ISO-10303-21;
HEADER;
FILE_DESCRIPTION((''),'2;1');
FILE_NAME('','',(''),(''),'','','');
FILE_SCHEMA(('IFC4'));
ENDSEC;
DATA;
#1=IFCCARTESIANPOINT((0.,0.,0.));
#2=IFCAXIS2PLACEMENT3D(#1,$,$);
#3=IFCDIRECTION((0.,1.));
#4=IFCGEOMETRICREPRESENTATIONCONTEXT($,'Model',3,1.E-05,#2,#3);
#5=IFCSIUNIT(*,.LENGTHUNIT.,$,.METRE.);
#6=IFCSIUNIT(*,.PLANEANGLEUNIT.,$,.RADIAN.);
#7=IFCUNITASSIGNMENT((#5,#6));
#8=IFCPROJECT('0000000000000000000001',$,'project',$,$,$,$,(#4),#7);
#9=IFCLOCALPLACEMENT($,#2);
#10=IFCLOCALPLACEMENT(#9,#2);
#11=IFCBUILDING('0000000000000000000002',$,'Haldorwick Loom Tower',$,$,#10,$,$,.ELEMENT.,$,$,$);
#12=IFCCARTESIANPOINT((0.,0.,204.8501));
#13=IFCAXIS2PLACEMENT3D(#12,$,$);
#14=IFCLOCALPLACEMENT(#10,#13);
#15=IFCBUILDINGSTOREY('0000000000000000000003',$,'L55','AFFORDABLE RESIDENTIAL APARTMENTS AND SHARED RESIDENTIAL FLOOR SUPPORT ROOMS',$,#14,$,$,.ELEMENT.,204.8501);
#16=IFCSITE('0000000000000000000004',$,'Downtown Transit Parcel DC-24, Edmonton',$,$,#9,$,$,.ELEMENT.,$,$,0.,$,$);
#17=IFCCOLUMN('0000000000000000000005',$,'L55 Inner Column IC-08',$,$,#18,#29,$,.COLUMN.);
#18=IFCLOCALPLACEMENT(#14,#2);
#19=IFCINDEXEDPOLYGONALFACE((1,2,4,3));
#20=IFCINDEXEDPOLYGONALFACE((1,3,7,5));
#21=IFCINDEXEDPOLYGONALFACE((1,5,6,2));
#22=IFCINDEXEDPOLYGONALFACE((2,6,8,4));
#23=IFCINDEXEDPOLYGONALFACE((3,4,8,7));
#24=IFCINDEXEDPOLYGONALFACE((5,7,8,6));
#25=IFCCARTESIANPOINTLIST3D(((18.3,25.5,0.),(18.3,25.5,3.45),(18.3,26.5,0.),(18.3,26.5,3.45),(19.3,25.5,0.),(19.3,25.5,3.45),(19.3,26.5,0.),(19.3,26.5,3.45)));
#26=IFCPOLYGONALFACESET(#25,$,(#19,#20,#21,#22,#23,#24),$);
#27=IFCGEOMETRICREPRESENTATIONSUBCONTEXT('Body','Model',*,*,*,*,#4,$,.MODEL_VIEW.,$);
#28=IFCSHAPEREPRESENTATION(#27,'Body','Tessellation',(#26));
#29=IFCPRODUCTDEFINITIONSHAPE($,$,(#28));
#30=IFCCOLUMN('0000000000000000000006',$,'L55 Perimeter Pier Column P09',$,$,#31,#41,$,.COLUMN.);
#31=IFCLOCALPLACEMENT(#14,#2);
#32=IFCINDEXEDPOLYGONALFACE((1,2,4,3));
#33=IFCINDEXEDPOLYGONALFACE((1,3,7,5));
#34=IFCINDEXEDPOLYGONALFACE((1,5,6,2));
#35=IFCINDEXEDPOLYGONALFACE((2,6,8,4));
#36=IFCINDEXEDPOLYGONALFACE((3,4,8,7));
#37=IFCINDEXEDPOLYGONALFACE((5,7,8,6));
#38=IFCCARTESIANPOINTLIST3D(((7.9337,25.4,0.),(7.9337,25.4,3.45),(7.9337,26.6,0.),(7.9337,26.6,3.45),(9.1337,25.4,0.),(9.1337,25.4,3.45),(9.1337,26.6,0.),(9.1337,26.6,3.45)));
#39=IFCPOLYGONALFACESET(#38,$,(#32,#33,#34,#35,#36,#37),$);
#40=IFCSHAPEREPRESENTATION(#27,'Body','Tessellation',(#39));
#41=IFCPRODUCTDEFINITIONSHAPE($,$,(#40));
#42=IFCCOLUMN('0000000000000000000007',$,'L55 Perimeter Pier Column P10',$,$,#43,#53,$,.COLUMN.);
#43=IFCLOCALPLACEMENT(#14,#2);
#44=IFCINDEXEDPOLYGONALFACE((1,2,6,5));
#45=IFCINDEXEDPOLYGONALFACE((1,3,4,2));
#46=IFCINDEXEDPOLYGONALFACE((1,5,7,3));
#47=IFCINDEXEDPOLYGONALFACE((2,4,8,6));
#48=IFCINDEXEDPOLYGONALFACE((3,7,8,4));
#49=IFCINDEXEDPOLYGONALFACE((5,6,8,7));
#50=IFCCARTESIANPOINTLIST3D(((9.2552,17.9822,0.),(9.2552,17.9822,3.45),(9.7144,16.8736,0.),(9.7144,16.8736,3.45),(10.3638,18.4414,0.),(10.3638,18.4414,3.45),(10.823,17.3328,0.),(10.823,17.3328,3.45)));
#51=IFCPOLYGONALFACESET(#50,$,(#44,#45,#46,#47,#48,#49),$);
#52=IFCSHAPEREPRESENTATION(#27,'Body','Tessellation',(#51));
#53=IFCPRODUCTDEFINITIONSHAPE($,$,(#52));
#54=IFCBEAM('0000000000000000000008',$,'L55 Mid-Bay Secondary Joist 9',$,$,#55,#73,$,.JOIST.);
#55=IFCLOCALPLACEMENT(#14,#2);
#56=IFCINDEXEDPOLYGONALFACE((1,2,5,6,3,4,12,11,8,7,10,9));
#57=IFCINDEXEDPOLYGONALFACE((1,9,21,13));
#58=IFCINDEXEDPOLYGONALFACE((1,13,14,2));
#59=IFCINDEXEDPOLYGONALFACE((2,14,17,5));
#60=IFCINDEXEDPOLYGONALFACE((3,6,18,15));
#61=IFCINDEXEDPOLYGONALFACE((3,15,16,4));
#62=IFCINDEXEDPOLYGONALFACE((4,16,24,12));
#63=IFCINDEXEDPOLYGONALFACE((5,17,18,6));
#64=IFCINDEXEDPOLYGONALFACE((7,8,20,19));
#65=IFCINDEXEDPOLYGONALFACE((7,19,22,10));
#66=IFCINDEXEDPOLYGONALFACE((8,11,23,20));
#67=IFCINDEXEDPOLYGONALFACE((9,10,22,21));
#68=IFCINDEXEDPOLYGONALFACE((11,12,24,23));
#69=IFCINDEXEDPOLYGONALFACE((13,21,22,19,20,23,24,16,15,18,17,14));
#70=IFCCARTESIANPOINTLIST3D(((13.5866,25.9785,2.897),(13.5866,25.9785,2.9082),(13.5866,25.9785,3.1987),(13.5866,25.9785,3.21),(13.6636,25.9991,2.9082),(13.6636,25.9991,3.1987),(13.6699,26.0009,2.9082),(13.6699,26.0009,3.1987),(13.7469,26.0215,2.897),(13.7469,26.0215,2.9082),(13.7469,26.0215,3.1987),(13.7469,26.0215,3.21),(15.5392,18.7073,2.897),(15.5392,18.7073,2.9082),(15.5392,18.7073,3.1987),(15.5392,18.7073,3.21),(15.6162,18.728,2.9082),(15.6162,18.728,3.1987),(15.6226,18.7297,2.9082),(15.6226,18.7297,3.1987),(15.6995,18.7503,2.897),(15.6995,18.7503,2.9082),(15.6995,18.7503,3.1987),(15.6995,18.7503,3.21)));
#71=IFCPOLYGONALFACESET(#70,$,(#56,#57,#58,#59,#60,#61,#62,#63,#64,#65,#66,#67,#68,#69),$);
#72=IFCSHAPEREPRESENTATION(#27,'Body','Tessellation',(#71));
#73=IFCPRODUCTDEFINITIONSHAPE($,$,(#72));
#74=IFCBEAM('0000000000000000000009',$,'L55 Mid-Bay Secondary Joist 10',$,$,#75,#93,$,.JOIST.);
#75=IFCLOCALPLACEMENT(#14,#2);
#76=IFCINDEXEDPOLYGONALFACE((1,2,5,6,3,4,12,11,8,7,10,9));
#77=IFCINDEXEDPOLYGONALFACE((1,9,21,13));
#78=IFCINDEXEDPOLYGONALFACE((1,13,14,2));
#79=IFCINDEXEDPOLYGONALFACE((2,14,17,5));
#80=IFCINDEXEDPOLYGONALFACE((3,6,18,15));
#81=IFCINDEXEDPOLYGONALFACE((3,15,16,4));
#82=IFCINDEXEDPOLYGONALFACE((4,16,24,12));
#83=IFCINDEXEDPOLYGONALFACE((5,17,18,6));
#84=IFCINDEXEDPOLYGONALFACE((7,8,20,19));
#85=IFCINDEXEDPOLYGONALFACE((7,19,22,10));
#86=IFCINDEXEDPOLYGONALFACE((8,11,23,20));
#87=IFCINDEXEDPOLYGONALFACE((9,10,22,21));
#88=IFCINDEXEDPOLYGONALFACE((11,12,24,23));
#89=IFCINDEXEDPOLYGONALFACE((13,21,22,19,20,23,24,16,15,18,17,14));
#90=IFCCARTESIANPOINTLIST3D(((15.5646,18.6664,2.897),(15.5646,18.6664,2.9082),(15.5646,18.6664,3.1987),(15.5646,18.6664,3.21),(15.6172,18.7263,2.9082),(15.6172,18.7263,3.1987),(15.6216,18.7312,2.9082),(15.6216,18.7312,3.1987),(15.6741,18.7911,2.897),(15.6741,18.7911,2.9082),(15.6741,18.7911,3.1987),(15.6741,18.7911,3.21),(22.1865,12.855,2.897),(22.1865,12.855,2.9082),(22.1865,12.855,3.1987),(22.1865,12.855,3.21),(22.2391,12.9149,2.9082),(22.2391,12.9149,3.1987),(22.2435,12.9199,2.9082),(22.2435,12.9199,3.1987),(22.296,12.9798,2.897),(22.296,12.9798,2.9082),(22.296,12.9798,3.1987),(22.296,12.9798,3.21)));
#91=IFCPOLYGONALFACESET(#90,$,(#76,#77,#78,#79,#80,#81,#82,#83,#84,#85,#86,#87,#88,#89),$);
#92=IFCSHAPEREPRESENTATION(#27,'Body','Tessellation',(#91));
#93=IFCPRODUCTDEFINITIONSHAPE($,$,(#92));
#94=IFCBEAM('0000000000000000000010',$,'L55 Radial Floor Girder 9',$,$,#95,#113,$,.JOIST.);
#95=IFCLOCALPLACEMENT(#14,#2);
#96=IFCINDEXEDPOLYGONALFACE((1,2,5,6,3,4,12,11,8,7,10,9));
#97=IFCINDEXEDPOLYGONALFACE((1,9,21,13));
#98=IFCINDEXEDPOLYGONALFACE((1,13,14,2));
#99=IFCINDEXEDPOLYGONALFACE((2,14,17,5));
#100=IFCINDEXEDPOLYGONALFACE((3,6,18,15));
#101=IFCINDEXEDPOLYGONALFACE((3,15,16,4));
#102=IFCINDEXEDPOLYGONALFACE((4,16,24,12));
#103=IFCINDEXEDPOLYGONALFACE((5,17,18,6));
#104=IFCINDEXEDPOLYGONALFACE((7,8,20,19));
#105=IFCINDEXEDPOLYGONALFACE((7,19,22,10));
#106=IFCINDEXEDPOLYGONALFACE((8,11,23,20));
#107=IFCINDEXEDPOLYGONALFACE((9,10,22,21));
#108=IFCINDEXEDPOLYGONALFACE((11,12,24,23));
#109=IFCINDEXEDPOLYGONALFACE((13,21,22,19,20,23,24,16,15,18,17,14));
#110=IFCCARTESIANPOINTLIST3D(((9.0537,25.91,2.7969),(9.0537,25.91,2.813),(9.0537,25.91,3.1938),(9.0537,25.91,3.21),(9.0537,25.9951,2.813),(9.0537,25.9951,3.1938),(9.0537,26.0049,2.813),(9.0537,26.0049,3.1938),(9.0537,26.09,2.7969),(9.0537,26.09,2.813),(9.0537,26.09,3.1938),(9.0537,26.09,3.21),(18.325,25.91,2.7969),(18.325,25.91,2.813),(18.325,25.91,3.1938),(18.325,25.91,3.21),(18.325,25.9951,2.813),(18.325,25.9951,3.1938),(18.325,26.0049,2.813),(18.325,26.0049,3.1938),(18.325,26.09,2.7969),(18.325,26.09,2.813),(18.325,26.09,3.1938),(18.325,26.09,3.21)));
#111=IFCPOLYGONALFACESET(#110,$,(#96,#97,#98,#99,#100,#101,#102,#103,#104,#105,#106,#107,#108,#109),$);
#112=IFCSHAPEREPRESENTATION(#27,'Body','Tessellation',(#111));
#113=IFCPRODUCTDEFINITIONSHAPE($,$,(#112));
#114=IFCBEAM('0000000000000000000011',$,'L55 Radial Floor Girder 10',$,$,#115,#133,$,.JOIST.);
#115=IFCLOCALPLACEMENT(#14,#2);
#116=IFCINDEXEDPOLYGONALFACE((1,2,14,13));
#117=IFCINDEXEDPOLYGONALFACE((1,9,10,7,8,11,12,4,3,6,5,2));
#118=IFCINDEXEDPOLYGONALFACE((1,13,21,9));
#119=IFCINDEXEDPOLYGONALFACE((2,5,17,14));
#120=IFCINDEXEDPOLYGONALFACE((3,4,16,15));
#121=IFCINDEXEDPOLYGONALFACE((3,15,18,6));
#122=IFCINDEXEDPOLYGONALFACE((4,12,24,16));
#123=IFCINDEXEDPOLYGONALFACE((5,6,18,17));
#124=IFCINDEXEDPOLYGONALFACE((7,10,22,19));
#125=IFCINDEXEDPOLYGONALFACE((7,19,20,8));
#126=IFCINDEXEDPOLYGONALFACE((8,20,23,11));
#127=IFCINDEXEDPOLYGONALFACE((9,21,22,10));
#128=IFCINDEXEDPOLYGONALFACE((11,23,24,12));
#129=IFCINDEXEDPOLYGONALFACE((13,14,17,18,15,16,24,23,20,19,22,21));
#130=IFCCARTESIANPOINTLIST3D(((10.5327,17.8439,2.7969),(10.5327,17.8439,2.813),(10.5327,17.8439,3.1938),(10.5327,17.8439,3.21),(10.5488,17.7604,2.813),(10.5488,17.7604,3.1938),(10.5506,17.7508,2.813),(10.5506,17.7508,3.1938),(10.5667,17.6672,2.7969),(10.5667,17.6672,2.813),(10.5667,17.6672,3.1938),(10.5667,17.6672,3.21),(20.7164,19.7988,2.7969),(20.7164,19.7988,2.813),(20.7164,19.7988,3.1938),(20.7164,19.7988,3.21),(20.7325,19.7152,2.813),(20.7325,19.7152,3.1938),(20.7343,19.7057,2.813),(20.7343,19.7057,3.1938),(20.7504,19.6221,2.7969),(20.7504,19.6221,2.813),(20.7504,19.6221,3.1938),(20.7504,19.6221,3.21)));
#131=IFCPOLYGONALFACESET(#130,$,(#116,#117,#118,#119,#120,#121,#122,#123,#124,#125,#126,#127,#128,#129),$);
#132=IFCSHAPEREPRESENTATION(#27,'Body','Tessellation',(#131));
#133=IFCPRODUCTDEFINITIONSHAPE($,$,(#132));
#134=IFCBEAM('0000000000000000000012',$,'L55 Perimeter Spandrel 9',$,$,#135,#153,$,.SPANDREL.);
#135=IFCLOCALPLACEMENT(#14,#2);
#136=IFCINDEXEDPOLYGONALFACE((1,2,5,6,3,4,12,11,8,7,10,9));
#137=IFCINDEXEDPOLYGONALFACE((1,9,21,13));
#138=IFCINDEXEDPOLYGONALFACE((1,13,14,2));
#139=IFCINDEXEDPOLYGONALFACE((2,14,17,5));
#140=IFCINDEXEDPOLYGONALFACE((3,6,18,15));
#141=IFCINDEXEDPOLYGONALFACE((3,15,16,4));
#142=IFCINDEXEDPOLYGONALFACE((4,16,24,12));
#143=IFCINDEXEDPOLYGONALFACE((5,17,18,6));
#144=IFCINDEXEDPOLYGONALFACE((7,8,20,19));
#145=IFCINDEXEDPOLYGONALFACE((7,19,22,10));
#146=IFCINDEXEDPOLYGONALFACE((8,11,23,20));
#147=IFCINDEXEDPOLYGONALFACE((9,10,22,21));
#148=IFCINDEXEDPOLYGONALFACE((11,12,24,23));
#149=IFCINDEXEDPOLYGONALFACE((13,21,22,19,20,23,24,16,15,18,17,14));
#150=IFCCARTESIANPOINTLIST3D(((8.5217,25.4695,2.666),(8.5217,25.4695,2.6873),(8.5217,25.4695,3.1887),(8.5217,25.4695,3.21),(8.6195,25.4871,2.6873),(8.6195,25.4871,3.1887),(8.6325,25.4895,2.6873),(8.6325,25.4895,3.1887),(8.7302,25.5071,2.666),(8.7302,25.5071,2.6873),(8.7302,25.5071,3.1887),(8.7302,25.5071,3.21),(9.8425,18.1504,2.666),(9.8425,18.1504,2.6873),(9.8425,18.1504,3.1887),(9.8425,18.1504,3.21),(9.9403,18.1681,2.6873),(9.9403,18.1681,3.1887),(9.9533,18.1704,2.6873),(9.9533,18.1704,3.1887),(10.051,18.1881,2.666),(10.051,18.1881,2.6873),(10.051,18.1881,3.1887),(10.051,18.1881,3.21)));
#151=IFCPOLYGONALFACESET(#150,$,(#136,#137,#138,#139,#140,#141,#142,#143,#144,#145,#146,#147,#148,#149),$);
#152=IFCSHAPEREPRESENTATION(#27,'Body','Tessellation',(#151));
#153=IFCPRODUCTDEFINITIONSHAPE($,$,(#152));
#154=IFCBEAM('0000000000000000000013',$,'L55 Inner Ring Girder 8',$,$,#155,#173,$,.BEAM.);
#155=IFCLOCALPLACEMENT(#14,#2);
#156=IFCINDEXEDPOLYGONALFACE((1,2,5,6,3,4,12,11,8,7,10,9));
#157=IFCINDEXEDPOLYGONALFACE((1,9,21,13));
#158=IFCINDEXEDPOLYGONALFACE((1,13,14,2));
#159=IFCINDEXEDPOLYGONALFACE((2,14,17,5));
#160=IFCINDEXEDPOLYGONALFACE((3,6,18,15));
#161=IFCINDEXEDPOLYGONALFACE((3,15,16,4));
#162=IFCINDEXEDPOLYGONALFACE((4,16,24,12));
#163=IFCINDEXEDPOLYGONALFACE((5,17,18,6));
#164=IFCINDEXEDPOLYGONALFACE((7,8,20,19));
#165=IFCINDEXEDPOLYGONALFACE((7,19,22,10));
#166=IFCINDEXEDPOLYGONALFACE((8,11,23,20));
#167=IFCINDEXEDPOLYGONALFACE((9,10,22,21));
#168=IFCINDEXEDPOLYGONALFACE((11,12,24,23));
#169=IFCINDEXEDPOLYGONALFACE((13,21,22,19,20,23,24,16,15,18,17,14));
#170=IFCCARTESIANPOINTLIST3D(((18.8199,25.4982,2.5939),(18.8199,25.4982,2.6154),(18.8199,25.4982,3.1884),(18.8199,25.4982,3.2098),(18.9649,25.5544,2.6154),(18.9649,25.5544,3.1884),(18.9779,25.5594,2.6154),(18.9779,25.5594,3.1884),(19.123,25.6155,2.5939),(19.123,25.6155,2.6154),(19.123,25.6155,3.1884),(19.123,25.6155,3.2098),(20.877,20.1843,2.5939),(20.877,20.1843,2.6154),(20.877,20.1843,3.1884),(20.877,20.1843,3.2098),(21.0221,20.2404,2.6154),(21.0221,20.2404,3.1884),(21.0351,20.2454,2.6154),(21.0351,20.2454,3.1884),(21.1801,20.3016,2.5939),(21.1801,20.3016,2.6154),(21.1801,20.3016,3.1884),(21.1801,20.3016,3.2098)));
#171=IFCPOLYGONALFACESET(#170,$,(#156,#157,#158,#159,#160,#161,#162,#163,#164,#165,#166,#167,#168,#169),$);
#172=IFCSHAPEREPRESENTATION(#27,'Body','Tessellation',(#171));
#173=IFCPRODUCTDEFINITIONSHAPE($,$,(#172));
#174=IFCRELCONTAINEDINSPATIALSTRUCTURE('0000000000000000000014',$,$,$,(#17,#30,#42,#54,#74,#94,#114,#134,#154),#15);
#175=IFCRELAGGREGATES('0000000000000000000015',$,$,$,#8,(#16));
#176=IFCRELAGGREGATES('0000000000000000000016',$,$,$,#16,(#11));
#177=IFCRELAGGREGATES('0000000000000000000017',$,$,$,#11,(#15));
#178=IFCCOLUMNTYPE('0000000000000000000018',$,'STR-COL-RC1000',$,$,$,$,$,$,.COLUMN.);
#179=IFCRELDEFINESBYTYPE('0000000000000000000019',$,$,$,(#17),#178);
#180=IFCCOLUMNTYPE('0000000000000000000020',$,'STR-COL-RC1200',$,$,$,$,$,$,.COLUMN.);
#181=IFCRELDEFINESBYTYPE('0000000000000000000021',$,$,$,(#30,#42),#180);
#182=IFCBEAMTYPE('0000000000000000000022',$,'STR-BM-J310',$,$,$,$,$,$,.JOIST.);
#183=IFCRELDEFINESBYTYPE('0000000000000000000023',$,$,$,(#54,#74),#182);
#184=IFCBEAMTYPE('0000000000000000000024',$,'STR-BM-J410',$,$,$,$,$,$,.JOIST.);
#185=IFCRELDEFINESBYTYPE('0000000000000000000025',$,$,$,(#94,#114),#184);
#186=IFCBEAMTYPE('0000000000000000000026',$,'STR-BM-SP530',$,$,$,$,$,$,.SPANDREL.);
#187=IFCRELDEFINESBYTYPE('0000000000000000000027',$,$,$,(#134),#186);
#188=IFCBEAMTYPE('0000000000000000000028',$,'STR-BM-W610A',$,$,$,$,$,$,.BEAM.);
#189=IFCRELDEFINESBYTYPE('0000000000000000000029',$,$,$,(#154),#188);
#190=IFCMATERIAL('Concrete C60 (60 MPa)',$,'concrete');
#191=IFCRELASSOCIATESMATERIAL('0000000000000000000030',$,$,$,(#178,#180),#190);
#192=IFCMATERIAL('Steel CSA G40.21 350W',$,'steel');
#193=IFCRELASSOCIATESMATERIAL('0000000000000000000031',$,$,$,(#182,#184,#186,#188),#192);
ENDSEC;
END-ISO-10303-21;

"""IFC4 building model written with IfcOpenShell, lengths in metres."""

from ifc_helpers import new_model, si_unit, direction, frame, origin, origin_2d, place, context, subcontext, project, spatial, rectangle, i_section, extrude, material, material_profile, profile_set, type_object, element, save


model = new_model("IFC4")

# Units and contexts
model_context = context("Model", 3, precision=1e-05, world=origin(), true_north=direction((0.0, 1.0)))
body_context = subcontext(model_context, "Body", "Model", "MODEL_VIEW")
ifc_project = project(units=[si_unit("LENGTHUNIT", "METRE"), si_unit("PLANEANGLEUNIT", "RADIAN")], contexts=[model_context])

# Site, building, storey
site_placement = place(None, origin())
site = spatial("IfcSite", under=ifc_project, at=site_placement, Name="Downtown Transit Parcel DC-24, Edmonton", CompositionType="ELEMENT", RefElevation=0.0)
building_placement = place(site_placement, origin())
building = spatial("IfcBuilding", under=site, at=building_placement, Name="Haldorwick Loom Tower", CompositionType="ELEMENT")
storey_placement = place(building_placement, frame((0.0, 0.0, 204.8501)))
storey = spatial("IfcBuildingStorey", under=building, at=storey_placement, Name="L55", Description="AFFORDABLE RESIDENTIAL APARTMENTS AND SHARED RESIDENTIAL FLOOR SUPPORT ROOMS", CompositionType="ELEMENT", Elevation=204.8501)

# Columns
ifc_material_1 = material(Name="Concrete C60 (60 MPa)", Category="concrete")
ifc_material_profile_1 = material_profile(ifc_material_1, rectangle(XDim=1.0, YDim=1.0, at=origin_2d()), Name="RC1000X1000", Category="concrete")
ifc_profile_set_1 = profile_set([ifc_material_profile_1], Name="Concrete C60 (60 MPa)")
column_type_1 = type_object("IfcColumnType", Name="STR-COL-RC1000", PredefinedType="COLUMN", material=ifc_profile_set_1)
column_placement = place(storey_placement, frame((18.8, 26.0, 0.0), z_axis=(0.0, 0.0, 1.0), x_axis=(1.0, 0.0, 0.0)))
element("IfcColumn", 1, at=column_placement, inside=storey, type_object=column_type_1, Name="L55 Inner Column IC-08", PredefinedType="COLUMN", context=body_context, shape_type="SweptSolid", body=[
    extrude(rectangle(XDim=1.0, YDim=1.0, at=origin_2d()), origin(), (0.0, 0.0, 1.0), 3.45),
])
ifc_material_profile_2 = material_profile(ifc_material_1, rectangle(XDim=1.2, YDim=1.2, at=origin_2d()), Name="RC1200X1200", Category="concrete")
ifc_profile_set_2 = profile_set([ifc_material_profile_2], Name="Concrete C60 (60 MPa)")
column_type_2 = type_object("IfcColumnType", Name="STR-COL-RC1200", PredefinedType="COLUMN", material=ifc_profile_set_2)
for number, where, z_axis, x_axis, name in (
    (2, (8.5337, 26.0, 0.0), (0.0, 0.0, 1.0), (-1.0, 0.0, 0.0), "L55 Perimeter Pier Column P09"),
    (3, (10.0391, 17.6575, 0.0), (0.0, 0.0, 1.0), (-0.92388, -0.382683, 0.0), "L55 Perimeter Pier Column P10"),
):
    element("IfcColumn", number, at=place(storey_placement, frame(where, z_axis=z_axis, x_axis=x_axis)), inside=storey, type_object=column_type_2, Name=name, PredefinedType="COLUMN", context=body_context, shape_type="SweptSolid", body=[
        extrude(rectangle(XDim=1.2, YDim=1.2, at=origin_2d()), origin(), (0.0, 0.0, 1.0), 3.45),
    ])

# Beams
ifc_material_2 = material(Name="Steel CSA G40.21 350W", Category="steel")
ifc_material_profile_3 = material_profile(ifc_material_2, i_section(OverallWidth=0.166, OverallDepth=0.313, WebThickness=0.0066, FlangeThickness=0.0112, at=origin_2d()), Name="W310X45", Category="steel")
ifc_profile_set_3 = profile_set([ifc_material_profile_3], Name="Steel CSA G40.21 350W")
beam_type_1 = type_object("IfcBeamType", Name="STR-BM-J310", PredefinedType="JOIST", material=ifc_profile_set_3)
beam_1_placement = place(storey_placement, frame((13.6667, 26.0, 3.0535), z_axis=(0.259354, -0.965782, 0.0), x_axis=(0.965782, 0.259354, 0.0)))
element("IfcBeam", 4, at=beam_1_placement, inside=storey, type_object=beam_type_1, Name="L55 Mid-Bay Secondary Joist 9", PredefinedType="JOIST", context=body_context, shape_type="SweptSolid", body=[
    extrude(i_section(OverallWidth=0.166, OverallDepth=0.313, WebThickness=0.0066, FlangeThickness=0.0112, at=origin_2d()), origin(), (0.0, 0.0, 1.0), 7.5288),
])
beam_2_placement = place(storey_placement, frame((15.6194, 18.7288, 3.0535), z_axis=(0.751609, -0.659608, 0.0), x_axis=(0.659608, 0.751609, 0.0)))
element("IfcBeam", 5, at=beam_2_placement, inside=storey, type_object=beam_type_1, Name="L55 Mid-Bay Secondary Joist 10", PredefinedType="JOIST", context=body_context, shape_type="SweptSolid", body=[
    extrude(i_section(OverallWidth=0.166, OverallDepth=0.313, WebThickness=0.0066, FlangeThickness=0.0112, at=origin_2d()), origin(), (0.0, 0.0, 1.0), 8.8103),
])
ifc_material_profile_4 = material_profile(ifc_material_2, i_section(OverallWidth=0.1799, OverallDepth=0.4131, WebThickness=0.0098, FlangeThickness=0.0161, at=origin_2d()), Name="W410X74", Category="steel")
ifc_profile_set_4 = profile_set([ifc_material_profile_4], Name="Steel CSA G40.21 350W")
beam_type_2 = type_object("IfcBeamType", Name="STR-BM-J410", PredefinedType="JOIST", material=ifc_profile_set_4)
beam_3_placement = place(storey_placement, frame((18.325, 26.0, 3.0034), z_axis=(-1.0, 0.0, 0.0), x_axis=(0.0, -1.0, 0.0)))
element("IfcBeam", 6, at=beam_3_placement, inside=storey, type_object=beam_type_2, Name="L55 Radial Floor Girder 9", PredefinedType="JOIST", context=body_context, shape_type="SweptSolid", body=[
    extrude(i_section(OverallWidth=0.1799, OverallDepth=0.4131, WebThickness=0.0098, FlangeThickness=0.0161, at=origin_2d()), origin(), (0.0, 0.0, 1.0), 9.2712),
])
beam_4_placement = place(storey_placement, frame((20.7334, 19.7104, 3.0034), z_axis=(-0.98207, -0.188517, 0.0), x_axis=(0.188517, -0.98207, 0.0)))
element("IfcBeam", 7, at=beam_4_placement, inside=storey, type_object=beam_type_2, Name="L55 Radial Floor Girder 10", PredefinedType="JOIST", context=body_context, shape_type="SweptSolid", body=[
    extrude(i_section(OverallWidth=0.1799, OverallDepth=0.4131, WebThickness=0.0098, FlangeThickness=0.0161, at=origin_2d()), origin(), (0.0, 0.0, 1.0), 10.3696),
])
ifc_material_profile_5 = material_profile(ifc_material_2, i_section(OverallWidth=0.2119, OverallDepth=0.5439, WebThickness=0.0132, FlangeThickness=0.0212, at=origin_2d()), Name="W530X123", Category="steel")
ifc_profile_set_5 = profile_set([ifc_material_profile_5], Name="Steel CSA G40.21 350W")
beam_type_3 = type_object("IfcBeamType", Name="STR-BM-SP530", PredefinedType="SPANDREL", material=ifc_profile_set_5)
beam_5_placement = place(storey_placement, frame((8.626, 25.4883, 2.938), z_axis=(0.177591, -0.984104, 0.0), x_axis=(0.984104, 0.177591, 0.0)))
element("IfcBeam", 8, at=beam_5_placement, inside=storey, type_object=beam_type_3, Name="L55 Perimeter Spandrel 9", PredefinedType="SPANDREL", context=body_context, shape_type="SweptSolid", body=[
    extrude(i_section(OverallWidth=0.2119, OverallDepth=0.5439, WebThickness=0.0132, FlangeThickness=0.0212, at=origin_2d()), origin(), (0.0, 0.0, 1.0), 7.4373),
])
ifc_material_profile_6 = material_profile(ifc_material_2, i_section(OverallWidth=0.325, OverallDepth=0.616, WebThickness=0.0139, FlangeThickness=0.0215, at=origin_2d()), Name="W610X174", Category="steel")
ifc_profile_set_6 = profile_set([ifc_material_profile_6], Name="Steel CSA G40.21 350W")
beam_type_4 = type_object("IfcBeamType", Name="STR-BM-W610A", PredefinedType="BEAM", material=ifc_profile_set_6)
beam_6_placement = place(storey_placement, frame((21.0286, 20.2429, 2.9019), z_axis=(-0.361011, 0.932562, 0.0), x_axis=(-0.932562, -0.361011, 0.0)))
element("IfcBeam", 9, at=beam_6_placement, inside=storey, type_object=beam_type_4, Name="L55 Inner Ring Girder 8", PredefinedType="BEAM", context=body_context, shape_type="SweptSolid", body=[
    extrude(i_section(OverallWidth=0.325, OverallDepth=0.616, WebThickness=0.0139, FlangeThickness=0.0215, at=origin_2d()), origin(), (0.0, 0.0, 1.0), 5.6982),
])

save(model, "model.ifc")
